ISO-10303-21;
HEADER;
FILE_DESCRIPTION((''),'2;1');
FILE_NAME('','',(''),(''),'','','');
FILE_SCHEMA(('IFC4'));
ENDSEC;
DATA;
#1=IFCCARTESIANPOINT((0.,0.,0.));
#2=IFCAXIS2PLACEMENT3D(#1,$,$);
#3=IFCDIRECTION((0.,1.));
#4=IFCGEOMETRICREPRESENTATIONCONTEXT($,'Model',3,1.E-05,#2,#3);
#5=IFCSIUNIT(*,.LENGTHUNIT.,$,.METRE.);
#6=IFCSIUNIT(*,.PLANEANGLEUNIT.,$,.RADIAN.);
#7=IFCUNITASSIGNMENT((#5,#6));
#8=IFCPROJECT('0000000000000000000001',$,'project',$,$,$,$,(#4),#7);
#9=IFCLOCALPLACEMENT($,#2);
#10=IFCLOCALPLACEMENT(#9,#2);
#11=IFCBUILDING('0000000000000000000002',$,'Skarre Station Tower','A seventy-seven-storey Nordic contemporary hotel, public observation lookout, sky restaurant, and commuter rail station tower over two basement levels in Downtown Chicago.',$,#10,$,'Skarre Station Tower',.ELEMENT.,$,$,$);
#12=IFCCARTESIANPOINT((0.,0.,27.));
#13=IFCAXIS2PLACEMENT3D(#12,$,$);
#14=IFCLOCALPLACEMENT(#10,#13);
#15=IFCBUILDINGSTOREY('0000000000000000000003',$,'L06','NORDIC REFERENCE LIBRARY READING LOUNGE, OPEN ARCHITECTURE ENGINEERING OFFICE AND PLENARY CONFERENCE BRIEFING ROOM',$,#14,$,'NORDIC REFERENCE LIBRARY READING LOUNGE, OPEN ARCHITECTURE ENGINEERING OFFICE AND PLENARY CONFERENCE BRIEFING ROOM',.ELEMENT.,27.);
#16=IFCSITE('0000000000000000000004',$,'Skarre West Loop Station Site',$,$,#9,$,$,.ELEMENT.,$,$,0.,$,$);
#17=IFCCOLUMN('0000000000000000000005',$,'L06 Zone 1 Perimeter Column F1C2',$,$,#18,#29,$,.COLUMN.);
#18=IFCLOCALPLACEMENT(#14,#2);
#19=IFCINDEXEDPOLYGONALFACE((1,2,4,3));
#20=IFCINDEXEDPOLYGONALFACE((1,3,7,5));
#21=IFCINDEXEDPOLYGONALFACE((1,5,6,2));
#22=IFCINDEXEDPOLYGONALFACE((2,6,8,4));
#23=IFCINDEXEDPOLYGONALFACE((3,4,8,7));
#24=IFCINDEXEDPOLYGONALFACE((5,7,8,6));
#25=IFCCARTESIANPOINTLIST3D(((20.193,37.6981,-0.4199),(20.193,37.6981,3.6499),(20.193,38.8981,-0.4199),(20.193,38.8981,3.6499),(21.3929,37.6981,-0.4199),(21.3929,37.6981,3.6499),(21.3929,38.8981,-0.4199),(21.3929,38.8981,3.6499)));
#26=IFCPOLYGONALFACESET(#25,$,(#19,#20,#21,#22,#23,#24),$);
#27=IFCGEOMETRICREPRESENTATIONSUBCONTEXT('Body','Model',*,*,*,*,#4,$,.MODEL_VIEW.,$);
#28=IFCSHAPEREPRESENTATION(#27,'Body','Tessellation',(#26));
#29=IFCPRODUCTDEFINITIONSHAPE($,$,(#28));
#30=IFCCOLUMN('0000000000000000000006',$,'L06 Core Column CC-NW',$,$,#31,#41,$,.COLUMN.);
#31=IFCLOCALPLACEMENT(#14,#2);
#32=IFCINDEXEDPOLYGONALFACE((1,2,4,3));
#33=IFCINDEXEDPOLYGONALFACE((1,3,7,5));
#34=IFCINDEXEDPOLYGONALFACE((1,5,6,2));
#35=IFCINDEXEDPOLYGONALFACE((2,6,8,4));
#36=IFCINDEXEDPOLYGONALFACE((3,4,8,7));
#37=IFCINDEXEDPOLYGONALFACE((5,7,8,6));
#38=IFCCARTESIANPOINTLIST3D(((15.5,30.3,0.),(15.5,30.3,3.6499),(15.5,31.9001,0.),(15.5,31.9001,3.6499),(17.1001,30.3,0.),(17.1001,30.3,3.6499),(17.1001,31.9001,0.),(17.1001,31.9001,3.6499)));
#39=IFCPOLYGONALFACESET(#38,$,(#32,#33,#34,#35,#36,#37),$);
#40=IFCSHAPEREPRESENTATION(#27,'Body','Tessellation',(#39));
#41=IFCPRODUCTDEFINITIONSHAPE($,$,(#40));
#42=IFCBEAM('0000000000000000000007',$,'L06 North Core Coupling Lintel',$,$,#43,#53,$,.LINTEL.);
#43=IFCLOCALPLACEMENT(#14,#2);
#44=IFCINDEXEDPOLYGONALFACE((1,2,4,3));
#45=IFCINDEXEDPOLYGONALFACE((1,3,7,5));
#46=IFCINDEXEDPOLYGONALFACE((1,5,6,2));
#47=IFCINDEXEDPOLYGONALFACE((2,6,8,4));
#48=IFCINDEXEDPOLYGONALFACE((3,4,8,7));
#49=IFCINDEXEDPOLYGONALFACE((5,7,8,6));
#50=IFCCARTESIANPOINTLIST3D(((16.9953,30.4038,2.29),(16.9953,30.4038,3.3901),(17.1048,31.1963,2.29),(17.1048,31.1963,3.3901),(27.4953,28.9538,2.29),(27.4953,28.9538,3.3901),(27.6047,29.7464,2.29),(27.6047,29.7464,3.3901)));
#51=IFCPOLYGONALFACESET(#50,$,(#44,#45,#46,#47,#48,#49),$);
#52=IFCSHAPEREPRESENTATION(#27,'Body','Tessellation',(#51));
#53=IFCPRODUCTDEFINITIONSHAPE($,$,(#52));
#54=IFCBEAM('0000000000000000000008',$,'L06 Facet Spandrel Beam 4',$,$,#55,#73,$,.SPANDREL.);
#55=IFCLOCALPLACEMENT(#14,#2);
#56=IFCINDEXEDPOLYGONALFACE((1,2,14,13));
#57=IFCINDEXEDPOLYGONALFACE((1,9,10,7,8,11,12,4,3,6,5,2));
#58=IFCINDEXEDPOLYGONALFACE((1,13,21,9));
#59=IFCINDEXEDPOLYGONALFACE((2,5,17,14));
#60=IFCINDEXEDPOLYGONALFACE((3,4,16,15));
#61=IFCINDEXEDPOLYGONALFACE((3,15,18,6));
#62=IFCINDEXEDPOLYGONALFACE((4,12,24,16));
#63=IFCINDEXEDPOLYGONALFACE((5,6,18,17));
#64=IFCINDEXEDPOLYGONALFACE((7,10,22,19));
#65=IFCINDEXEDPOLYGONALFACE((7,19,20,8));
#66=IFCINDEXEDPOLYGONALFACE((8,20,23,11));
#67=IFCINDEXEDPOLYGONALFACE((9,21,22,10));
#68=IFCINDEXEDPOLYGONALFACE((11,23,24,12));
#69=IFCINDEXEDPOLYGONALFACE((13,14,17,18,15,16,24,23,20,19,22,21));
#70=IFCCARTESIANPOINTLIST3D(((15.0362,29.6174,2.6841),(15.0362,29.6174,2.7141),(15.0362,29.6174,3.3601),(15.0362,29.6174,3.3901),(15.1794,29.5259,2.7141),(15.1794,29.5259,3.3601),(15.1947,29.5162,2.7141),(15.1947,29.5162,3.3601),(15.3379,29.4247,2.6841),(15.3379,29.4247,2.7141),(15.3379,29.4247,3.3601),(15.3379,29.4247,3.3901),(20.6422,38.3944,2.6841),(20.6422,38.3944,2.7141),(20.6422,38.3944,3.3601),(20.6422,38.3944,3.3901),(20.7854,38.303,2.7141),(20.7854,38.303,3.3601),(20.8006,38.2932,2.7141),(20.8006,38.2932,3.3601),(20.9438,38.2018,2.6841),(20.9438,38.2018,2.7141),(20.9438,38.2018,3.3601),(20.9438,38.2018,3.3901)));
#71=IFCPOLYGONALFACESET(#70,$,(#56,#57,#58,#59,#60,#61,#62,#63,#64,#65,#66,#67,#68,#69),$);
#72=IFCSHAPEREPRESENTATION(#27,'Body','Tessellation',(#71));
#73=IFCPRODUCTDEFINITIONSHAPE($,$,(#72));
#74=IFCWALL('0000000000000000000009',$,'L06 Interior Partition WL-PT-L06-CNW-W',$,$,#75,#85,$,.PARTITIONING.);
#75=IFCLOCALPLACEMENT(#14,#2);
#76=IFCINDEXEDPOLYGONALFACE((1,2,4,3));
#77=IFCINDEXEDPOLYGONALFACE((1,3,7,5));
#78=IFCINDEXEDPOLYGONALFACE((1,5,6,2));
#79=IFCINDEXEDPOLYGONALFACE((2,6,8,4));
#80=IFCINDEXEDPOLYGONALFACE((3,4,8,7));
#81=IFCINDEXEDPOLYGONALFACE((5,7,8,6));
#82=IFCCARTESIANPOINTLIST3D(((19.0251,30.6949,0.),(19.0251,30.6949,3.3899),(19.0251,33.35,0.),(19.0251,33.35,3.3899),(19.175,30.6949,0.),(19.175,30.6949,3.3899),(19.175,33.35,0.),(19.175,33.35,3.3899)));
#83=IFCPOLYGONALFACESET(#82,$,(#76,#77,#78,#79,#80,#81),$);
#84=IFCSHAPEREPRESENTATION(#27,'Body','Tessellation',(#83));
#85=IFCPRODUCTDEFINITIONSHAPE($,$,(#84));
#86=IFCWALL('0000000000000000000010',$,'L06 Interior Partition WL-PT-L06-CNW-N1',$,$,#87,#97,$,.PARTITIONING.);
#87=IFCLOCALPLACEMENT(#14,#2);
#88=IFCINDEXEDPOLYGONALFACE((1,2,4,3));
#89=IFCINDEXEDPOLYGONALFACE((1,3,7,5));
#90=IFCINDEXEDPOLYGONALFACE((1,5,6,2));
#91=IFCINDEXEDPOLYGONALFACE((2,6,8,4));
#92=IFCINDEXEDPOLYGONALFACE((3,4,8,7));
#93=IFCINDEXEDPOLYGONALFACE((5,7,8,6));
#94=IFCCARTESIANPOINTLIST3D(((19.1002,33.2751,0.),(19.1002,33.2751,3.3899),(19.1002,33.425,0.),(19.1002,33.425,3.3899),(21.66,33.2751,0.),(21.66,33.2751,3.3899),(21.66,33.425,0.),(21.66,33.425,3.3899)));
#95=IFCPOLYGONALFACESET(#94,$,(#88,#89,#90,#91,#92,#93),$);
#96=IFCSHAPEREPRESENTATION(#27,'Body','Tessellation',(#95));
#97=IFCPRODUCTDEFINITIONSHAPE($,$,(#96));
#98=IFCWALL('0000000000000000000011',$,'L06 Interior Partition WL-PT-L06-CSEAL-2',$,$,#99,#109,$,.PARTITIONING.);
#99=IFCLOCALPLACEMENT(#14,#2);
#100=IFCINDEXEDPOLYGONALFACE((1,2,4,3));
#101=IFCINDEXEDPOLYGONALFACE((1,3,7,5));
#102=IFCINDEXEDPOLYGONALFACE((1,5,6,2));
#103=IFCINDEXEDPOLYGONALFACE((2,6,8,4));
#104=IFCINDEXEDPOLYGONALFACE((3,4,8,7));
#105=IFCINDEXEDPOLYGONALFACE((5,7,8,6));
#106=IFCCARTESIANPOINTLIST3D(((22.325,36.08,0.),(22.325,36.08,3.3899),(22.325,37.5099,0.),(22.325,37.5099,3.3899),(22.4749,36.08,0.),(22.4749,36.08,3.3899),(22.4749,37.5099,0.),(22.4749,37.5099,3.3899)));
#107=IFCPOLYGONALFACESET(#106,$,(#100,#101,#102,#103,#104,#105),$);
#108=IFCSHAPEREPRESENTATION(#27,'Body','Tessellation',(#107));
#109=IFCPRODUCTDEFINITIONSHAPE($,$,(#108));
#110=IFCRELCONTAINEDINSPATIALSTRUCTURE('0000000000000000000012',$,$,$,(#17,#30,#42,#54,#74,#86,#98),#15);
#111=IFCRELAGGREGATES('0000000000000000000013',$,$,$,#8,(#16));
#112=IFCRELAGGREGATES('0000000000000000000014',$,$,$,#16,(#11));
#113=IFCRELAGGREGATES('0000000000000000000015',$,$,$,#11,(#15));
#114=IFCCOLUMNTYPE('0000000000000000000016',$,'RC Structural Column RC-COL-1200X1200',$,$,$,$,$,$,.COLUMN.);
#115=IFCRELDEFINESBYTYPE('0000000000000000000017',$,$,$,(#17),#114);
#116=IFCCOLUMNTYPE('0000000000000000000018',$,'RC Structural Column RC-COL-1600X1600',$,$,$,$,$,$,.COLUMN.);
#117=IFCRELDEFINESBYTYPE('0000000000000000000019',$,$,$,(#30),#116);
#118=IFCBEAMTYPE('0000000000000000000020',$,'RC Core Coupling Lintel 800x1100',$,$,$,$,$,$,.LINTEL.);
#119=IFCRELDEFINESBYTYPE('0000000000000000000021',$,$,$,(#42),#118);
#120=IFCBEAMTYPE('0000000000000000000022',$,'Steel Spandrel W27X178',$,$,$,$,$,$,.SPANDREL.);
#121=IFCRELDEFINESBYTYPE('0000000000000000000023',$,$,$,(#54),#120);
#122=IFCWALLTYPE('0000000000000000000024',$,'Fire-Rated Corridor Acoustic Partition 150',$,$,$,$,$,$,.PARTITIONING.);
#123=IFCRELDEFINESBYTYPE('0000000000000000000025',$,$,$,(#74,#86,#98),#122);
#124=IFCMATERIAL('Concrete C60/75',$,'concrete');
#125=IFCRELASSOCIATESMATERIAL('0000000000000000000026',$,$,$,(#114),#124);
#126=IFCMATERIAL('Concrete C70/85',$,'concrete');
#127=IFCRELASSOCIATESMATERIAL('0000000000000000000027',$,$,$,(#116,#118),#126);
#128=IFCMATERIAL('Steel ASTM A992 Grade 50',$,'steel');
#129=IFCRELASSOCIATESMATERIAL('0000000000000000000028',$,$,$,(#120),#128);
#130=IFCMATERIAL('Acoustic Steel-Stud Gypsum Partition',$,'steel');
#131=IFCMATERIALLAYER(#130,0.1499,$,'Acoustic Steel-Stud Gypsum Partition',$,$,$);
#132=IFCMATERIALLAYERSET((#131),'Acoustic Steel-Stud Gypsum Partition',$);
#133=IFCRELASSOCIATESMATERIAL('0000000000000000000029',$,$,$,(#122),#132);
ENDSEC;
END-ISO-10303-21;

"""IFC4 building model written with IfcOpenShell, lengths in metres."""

from ifc_helpers import new_model, si_unit, direction, frame, frame_2d, origin, origin_2d, place, context, subcontext, project, spatial, rectangle, i_section, extrude, material, layer, layer_set, material_profile, profile_set, type_object, element, save


model = new_model("IFC4")

# Units and contexts
model_context = context("Model", 3, precision=1e-05, world=origin(), true_north=direction((0.0, 1.0)))
body_context = subcontext(model_context, "Body", "Model", "MODEL_VIEW")
ifc_project = project(units=[si_unit("LENGTHUNIT", "METRE"), si_unit("PLANEANGLEUNIT", "RADIAN")], contexts=[model_context])

# Site, building, storey
site_placement = place(None, origin())
site = spatial("IfcSite", under=ifc_project, at=site_placement, Name="Skarre West Loop Station Site", CompositionType="ELEMENT", RefElevation=0.0)
building_placement = place(site_placement, origin())
building = spatial("IfcBuilding", under=site, at=building_placement, Name="Skarre Station Tower", Description="A seventy-seven-storey Nordic contemporary hotel, public observation lookout, sky restaurant, and commuter rail station tower over two basement levels in Downtown Chicago.", LongName="Skarre Station Tower", CompositionType="ELEMENT")
storey_placement = place(building_placement, frame((0.0, 0.0, 27.0)))
storey = spatial("IfcBuildingStorey", under=building, at=storey_placement, Name="L06", Description="NORDIC REFERENCE LIBRARY READING LOUNGE, OPEN ARCHITECTURE ENGINEERING OFFICE AND PLENARY CONFERENCE BRIEFING ROOM", LongName="NORDIC REFERENCE LIBRARY READING LOUNGE, OPEN ARCHITECTURE ENGINEERING OFFICE AND PLENARY CONFERENCE BRIEFING ROOM", CompositionType="ELEMENT", Elevation=27.0)

# Columns
ifc_material_1 = material(Name="Concrete C60/75", Category="concrete")
ifc_material_profile_1 = material_profile(ifc_material_1, rectangle(XDim=1.2, YDim=1.2, at=origin_2d()), Name="Concrete C60/75")
ifc_profile_set_1 = profile_set([ifc_material_profile_1], Name="Concrete C60/75")
column_type_1 = type_object("IfcColumnType", Name="RC Structural Column RC-COL-1200X1200", PredefinedType="COLUMN", material=ifc_profile_set_1)
column_1_placement = place(storey_placement, frame((20.793, 38.2981, -0.4199), z_axis=(0.0, 0.0, 1.0), x_axis=(1.0, 0.0, 0.0)))
element("IfcColumn", 1, at=column_1_placement, inside=storey, type_object=column_type_1, Name="L06 Zone 1 Perimeter Column F1C2", PredefinedType="COLUMN", context=body_context, shape_type="SweptSolid", body=[
    extrude(rectangle(XDim=1.2, YDim=1.2, at=origin_2d()), origin(), (0.0, 0.0, 1.0), 4.0698),
])
ifc_material_2 = material(Name="Concrete C70/85", Category="concrete")
ifc_material_profile_2 = material_profile(ifc_material_2, rectangle(XDim=1.6001, YDim=1.6001, at=origin_2d()), Name="Concrete C70/85")
ifc_profile_set_2 = profile_set([ifc_material_profile_2], Name="Concrete C70/85")
column_type_2 = type_object("IfcColumnType", Name="RC Structural Column RC-COL-1600X1600", PredefinedType="COLUMN", material=ifc_profile_set_2)
column_2_placement = place(storey_placement, frame((16.3, 31.1001, 0.0), z_axis=(0.0, 0.0, 1.0), x_axis=(1.0, 0.0, 0.0)))
element("IfcColumn", 2, at=column_2_placement, inside=storey, type_object=column_type_2, Name="L06 Core Column CC-NW", PredefinedType="COLUMN", context=body_context, shape_type="SweptSolid", body=[
    extrude(rectangle(XDim=1.6001, YDim=1.6001, at=origin_2d()), origin(), (0.0, 0.0, 1.0), 3.6499),
])

# Beams
ifc_material_profile_3 = material_profile(ifc_material_2, rectangle(XDim=0.8, YDim=1.1001, at=origin_2d()), Name="Concrete C70/85")
ifc_profile_set_3 = profile_set([ifc_material_profile_3], Name="Concrete C70/85")
beam_type_1 = type_object("IfcBeamType", Name="RC Core Coupling Lintel 800x1100", PredefinedType="LINTEL", material=ifc_profile_set_3)
beam_1_placement = place(storey_placement, frame((17.05, 30.8, 2.8401), z_axis=(0.9906, -0.136792, 0.0), x_axis=(0.136792, 0.9906, 0.0)))
element("IfcBeam", 3, at=beam_1_placement, inside=storey, type_object=beam_type_1, Name="L06 North Core Coupling Lintel", PredefinedType="LINTEL", context=body_context, shape_type="SweptSolid", body=[
    extrude(rectangle(XDim=0.8, YDim=1.1001, at=origin_2d()), origin(), (0.0, 0.0, 1.0), 10.5996),
])
ifc_material_3 = material(Name="Steel ASTM A992 Grade 50", Category="steel")
ifc_material_profile_4 = material_profile(ifc_material_3, i_section(OverallWidth=0.3579, OverallDepth=0.7061, WebThickness=0.0181, FlangeThickness=0.03, at=origin_2d()), Name="Steel ASTM A992 Grade 50")
ifc_profile_set_4 = profile_set([ifc_material_profile_4], Name="Steel ASTM A992 Grade 50")
beam_type_2 = type_object("IfcBeamType", Name="Steel Spandrel W27X178", PredefinedType="SPANDREL", material=ifc_profile_set_4)
beam_2_placement = place(storey_placement, frame((20.793, 38.2981, 3.0371), z_axis=(-0.538278, -0.842767, 0.0), x_axis=(0.842767, -0.538278, 0.0)))
element("IfcBeam", 4, at=beam_2_placement, inside=storey, type_object=beam_type_2, Name="L06 Facet Spandrel Beam 4", PredefinedType="SPANDREL", context=body_context, shape_type="SweptSolid", body=[
    extrude(i_section(OverallWidth=0.3579, OverallDepth=0.7061, WebThickness=0.0181, FlangeThickness=0.03, at=origin_2d()), origin(), (0.0, 0.0, 1.0), 10.4146),
])

# Walls
ifc_material_4 = material(Name="Acoustic Steel-Stud Gypsum Partition", Category="steel")
ifc_layer_1 = layer(ifc_material_4, 0.1499, Name="Acoustic Steel-Stud Gypsum Partition")
ifc_layer_set_1 = layer_set([ifc_layer_1], Name="Acoustic Steel-Stud Gypsum Partition")
wall_type_1 = type_object("IfcWallType", Name="Fire-Rated Corridor Acoustic Partition 150", PredefinedType="PARTITIONING", material=ifc_layer_set_1)
wall_1_placement = place(storey_placement, frame((19.1001, 33.3501, 0.0), z_axis=(0.0, 0.0, 1.0), x_axis=(0.0, -1.0, 0.0)))
element("IfcWall", 5, at=wall_1_placement, inside=storey, type_object=wall_type_1, Name="L06 Interior Partition WL-PT-L06-CNW-W", PredefinedType="PARTITIONING", context=body_context, shape_type="SweptSolid", body=[
    extrude(rectangle(XDim=2.655, YDim=0.1499, at=frame_2d((1.3276, 0.0))), origin(), (0.0, 0.0, 1.0), 3.3899),
])
wall_2_placement = place(storey_placement, frame((21.6599, 33.3501, 0.0), z_axis=(0.0, 0.0, 1.0), x_axis=(-1.0, 0.0, 0.0)))
element("IfcWall", 6, at=wall_2_placement, inside=storey, type_object=wall_type_1, Name="L06 Interior Partition WL-PT-L06-CNW-N1", PredefinedType="PARTITIONING", context=body_context, shape_type="SweptSolid", body=[
    extrude(rectangle(XDim=2.5598, YDim=0.1499, at=frame_2d((1.2798, 0.0))), origin(), (0.0, 0.0, 1.0), 3.3899),
])
wall_3_placement = place(storey_placement, frame((22.3999, 36.0801, 0.0), z_axis=(0.0, 0.0, 1.0), x_axis=(0.0, 1.0, 0.0)))
element("IfcWall", 7, at=wall_3_placement, inside=storey, type_object=wall_type_1, Name="L06 Interior Partition WL-PT-L06-CSEAL-2", PredefinedType="PARTITIONING", context=body_context, shape_type="SweptSolid", body=[
    extrude(rectangle(XDim=1.4299, YDim=0.1499, at=frame_2d((0.7148, 0.0))), origin(), (0.0, 0.0, 1.0), 3.3899),
])

save(model, "model.ifc")
